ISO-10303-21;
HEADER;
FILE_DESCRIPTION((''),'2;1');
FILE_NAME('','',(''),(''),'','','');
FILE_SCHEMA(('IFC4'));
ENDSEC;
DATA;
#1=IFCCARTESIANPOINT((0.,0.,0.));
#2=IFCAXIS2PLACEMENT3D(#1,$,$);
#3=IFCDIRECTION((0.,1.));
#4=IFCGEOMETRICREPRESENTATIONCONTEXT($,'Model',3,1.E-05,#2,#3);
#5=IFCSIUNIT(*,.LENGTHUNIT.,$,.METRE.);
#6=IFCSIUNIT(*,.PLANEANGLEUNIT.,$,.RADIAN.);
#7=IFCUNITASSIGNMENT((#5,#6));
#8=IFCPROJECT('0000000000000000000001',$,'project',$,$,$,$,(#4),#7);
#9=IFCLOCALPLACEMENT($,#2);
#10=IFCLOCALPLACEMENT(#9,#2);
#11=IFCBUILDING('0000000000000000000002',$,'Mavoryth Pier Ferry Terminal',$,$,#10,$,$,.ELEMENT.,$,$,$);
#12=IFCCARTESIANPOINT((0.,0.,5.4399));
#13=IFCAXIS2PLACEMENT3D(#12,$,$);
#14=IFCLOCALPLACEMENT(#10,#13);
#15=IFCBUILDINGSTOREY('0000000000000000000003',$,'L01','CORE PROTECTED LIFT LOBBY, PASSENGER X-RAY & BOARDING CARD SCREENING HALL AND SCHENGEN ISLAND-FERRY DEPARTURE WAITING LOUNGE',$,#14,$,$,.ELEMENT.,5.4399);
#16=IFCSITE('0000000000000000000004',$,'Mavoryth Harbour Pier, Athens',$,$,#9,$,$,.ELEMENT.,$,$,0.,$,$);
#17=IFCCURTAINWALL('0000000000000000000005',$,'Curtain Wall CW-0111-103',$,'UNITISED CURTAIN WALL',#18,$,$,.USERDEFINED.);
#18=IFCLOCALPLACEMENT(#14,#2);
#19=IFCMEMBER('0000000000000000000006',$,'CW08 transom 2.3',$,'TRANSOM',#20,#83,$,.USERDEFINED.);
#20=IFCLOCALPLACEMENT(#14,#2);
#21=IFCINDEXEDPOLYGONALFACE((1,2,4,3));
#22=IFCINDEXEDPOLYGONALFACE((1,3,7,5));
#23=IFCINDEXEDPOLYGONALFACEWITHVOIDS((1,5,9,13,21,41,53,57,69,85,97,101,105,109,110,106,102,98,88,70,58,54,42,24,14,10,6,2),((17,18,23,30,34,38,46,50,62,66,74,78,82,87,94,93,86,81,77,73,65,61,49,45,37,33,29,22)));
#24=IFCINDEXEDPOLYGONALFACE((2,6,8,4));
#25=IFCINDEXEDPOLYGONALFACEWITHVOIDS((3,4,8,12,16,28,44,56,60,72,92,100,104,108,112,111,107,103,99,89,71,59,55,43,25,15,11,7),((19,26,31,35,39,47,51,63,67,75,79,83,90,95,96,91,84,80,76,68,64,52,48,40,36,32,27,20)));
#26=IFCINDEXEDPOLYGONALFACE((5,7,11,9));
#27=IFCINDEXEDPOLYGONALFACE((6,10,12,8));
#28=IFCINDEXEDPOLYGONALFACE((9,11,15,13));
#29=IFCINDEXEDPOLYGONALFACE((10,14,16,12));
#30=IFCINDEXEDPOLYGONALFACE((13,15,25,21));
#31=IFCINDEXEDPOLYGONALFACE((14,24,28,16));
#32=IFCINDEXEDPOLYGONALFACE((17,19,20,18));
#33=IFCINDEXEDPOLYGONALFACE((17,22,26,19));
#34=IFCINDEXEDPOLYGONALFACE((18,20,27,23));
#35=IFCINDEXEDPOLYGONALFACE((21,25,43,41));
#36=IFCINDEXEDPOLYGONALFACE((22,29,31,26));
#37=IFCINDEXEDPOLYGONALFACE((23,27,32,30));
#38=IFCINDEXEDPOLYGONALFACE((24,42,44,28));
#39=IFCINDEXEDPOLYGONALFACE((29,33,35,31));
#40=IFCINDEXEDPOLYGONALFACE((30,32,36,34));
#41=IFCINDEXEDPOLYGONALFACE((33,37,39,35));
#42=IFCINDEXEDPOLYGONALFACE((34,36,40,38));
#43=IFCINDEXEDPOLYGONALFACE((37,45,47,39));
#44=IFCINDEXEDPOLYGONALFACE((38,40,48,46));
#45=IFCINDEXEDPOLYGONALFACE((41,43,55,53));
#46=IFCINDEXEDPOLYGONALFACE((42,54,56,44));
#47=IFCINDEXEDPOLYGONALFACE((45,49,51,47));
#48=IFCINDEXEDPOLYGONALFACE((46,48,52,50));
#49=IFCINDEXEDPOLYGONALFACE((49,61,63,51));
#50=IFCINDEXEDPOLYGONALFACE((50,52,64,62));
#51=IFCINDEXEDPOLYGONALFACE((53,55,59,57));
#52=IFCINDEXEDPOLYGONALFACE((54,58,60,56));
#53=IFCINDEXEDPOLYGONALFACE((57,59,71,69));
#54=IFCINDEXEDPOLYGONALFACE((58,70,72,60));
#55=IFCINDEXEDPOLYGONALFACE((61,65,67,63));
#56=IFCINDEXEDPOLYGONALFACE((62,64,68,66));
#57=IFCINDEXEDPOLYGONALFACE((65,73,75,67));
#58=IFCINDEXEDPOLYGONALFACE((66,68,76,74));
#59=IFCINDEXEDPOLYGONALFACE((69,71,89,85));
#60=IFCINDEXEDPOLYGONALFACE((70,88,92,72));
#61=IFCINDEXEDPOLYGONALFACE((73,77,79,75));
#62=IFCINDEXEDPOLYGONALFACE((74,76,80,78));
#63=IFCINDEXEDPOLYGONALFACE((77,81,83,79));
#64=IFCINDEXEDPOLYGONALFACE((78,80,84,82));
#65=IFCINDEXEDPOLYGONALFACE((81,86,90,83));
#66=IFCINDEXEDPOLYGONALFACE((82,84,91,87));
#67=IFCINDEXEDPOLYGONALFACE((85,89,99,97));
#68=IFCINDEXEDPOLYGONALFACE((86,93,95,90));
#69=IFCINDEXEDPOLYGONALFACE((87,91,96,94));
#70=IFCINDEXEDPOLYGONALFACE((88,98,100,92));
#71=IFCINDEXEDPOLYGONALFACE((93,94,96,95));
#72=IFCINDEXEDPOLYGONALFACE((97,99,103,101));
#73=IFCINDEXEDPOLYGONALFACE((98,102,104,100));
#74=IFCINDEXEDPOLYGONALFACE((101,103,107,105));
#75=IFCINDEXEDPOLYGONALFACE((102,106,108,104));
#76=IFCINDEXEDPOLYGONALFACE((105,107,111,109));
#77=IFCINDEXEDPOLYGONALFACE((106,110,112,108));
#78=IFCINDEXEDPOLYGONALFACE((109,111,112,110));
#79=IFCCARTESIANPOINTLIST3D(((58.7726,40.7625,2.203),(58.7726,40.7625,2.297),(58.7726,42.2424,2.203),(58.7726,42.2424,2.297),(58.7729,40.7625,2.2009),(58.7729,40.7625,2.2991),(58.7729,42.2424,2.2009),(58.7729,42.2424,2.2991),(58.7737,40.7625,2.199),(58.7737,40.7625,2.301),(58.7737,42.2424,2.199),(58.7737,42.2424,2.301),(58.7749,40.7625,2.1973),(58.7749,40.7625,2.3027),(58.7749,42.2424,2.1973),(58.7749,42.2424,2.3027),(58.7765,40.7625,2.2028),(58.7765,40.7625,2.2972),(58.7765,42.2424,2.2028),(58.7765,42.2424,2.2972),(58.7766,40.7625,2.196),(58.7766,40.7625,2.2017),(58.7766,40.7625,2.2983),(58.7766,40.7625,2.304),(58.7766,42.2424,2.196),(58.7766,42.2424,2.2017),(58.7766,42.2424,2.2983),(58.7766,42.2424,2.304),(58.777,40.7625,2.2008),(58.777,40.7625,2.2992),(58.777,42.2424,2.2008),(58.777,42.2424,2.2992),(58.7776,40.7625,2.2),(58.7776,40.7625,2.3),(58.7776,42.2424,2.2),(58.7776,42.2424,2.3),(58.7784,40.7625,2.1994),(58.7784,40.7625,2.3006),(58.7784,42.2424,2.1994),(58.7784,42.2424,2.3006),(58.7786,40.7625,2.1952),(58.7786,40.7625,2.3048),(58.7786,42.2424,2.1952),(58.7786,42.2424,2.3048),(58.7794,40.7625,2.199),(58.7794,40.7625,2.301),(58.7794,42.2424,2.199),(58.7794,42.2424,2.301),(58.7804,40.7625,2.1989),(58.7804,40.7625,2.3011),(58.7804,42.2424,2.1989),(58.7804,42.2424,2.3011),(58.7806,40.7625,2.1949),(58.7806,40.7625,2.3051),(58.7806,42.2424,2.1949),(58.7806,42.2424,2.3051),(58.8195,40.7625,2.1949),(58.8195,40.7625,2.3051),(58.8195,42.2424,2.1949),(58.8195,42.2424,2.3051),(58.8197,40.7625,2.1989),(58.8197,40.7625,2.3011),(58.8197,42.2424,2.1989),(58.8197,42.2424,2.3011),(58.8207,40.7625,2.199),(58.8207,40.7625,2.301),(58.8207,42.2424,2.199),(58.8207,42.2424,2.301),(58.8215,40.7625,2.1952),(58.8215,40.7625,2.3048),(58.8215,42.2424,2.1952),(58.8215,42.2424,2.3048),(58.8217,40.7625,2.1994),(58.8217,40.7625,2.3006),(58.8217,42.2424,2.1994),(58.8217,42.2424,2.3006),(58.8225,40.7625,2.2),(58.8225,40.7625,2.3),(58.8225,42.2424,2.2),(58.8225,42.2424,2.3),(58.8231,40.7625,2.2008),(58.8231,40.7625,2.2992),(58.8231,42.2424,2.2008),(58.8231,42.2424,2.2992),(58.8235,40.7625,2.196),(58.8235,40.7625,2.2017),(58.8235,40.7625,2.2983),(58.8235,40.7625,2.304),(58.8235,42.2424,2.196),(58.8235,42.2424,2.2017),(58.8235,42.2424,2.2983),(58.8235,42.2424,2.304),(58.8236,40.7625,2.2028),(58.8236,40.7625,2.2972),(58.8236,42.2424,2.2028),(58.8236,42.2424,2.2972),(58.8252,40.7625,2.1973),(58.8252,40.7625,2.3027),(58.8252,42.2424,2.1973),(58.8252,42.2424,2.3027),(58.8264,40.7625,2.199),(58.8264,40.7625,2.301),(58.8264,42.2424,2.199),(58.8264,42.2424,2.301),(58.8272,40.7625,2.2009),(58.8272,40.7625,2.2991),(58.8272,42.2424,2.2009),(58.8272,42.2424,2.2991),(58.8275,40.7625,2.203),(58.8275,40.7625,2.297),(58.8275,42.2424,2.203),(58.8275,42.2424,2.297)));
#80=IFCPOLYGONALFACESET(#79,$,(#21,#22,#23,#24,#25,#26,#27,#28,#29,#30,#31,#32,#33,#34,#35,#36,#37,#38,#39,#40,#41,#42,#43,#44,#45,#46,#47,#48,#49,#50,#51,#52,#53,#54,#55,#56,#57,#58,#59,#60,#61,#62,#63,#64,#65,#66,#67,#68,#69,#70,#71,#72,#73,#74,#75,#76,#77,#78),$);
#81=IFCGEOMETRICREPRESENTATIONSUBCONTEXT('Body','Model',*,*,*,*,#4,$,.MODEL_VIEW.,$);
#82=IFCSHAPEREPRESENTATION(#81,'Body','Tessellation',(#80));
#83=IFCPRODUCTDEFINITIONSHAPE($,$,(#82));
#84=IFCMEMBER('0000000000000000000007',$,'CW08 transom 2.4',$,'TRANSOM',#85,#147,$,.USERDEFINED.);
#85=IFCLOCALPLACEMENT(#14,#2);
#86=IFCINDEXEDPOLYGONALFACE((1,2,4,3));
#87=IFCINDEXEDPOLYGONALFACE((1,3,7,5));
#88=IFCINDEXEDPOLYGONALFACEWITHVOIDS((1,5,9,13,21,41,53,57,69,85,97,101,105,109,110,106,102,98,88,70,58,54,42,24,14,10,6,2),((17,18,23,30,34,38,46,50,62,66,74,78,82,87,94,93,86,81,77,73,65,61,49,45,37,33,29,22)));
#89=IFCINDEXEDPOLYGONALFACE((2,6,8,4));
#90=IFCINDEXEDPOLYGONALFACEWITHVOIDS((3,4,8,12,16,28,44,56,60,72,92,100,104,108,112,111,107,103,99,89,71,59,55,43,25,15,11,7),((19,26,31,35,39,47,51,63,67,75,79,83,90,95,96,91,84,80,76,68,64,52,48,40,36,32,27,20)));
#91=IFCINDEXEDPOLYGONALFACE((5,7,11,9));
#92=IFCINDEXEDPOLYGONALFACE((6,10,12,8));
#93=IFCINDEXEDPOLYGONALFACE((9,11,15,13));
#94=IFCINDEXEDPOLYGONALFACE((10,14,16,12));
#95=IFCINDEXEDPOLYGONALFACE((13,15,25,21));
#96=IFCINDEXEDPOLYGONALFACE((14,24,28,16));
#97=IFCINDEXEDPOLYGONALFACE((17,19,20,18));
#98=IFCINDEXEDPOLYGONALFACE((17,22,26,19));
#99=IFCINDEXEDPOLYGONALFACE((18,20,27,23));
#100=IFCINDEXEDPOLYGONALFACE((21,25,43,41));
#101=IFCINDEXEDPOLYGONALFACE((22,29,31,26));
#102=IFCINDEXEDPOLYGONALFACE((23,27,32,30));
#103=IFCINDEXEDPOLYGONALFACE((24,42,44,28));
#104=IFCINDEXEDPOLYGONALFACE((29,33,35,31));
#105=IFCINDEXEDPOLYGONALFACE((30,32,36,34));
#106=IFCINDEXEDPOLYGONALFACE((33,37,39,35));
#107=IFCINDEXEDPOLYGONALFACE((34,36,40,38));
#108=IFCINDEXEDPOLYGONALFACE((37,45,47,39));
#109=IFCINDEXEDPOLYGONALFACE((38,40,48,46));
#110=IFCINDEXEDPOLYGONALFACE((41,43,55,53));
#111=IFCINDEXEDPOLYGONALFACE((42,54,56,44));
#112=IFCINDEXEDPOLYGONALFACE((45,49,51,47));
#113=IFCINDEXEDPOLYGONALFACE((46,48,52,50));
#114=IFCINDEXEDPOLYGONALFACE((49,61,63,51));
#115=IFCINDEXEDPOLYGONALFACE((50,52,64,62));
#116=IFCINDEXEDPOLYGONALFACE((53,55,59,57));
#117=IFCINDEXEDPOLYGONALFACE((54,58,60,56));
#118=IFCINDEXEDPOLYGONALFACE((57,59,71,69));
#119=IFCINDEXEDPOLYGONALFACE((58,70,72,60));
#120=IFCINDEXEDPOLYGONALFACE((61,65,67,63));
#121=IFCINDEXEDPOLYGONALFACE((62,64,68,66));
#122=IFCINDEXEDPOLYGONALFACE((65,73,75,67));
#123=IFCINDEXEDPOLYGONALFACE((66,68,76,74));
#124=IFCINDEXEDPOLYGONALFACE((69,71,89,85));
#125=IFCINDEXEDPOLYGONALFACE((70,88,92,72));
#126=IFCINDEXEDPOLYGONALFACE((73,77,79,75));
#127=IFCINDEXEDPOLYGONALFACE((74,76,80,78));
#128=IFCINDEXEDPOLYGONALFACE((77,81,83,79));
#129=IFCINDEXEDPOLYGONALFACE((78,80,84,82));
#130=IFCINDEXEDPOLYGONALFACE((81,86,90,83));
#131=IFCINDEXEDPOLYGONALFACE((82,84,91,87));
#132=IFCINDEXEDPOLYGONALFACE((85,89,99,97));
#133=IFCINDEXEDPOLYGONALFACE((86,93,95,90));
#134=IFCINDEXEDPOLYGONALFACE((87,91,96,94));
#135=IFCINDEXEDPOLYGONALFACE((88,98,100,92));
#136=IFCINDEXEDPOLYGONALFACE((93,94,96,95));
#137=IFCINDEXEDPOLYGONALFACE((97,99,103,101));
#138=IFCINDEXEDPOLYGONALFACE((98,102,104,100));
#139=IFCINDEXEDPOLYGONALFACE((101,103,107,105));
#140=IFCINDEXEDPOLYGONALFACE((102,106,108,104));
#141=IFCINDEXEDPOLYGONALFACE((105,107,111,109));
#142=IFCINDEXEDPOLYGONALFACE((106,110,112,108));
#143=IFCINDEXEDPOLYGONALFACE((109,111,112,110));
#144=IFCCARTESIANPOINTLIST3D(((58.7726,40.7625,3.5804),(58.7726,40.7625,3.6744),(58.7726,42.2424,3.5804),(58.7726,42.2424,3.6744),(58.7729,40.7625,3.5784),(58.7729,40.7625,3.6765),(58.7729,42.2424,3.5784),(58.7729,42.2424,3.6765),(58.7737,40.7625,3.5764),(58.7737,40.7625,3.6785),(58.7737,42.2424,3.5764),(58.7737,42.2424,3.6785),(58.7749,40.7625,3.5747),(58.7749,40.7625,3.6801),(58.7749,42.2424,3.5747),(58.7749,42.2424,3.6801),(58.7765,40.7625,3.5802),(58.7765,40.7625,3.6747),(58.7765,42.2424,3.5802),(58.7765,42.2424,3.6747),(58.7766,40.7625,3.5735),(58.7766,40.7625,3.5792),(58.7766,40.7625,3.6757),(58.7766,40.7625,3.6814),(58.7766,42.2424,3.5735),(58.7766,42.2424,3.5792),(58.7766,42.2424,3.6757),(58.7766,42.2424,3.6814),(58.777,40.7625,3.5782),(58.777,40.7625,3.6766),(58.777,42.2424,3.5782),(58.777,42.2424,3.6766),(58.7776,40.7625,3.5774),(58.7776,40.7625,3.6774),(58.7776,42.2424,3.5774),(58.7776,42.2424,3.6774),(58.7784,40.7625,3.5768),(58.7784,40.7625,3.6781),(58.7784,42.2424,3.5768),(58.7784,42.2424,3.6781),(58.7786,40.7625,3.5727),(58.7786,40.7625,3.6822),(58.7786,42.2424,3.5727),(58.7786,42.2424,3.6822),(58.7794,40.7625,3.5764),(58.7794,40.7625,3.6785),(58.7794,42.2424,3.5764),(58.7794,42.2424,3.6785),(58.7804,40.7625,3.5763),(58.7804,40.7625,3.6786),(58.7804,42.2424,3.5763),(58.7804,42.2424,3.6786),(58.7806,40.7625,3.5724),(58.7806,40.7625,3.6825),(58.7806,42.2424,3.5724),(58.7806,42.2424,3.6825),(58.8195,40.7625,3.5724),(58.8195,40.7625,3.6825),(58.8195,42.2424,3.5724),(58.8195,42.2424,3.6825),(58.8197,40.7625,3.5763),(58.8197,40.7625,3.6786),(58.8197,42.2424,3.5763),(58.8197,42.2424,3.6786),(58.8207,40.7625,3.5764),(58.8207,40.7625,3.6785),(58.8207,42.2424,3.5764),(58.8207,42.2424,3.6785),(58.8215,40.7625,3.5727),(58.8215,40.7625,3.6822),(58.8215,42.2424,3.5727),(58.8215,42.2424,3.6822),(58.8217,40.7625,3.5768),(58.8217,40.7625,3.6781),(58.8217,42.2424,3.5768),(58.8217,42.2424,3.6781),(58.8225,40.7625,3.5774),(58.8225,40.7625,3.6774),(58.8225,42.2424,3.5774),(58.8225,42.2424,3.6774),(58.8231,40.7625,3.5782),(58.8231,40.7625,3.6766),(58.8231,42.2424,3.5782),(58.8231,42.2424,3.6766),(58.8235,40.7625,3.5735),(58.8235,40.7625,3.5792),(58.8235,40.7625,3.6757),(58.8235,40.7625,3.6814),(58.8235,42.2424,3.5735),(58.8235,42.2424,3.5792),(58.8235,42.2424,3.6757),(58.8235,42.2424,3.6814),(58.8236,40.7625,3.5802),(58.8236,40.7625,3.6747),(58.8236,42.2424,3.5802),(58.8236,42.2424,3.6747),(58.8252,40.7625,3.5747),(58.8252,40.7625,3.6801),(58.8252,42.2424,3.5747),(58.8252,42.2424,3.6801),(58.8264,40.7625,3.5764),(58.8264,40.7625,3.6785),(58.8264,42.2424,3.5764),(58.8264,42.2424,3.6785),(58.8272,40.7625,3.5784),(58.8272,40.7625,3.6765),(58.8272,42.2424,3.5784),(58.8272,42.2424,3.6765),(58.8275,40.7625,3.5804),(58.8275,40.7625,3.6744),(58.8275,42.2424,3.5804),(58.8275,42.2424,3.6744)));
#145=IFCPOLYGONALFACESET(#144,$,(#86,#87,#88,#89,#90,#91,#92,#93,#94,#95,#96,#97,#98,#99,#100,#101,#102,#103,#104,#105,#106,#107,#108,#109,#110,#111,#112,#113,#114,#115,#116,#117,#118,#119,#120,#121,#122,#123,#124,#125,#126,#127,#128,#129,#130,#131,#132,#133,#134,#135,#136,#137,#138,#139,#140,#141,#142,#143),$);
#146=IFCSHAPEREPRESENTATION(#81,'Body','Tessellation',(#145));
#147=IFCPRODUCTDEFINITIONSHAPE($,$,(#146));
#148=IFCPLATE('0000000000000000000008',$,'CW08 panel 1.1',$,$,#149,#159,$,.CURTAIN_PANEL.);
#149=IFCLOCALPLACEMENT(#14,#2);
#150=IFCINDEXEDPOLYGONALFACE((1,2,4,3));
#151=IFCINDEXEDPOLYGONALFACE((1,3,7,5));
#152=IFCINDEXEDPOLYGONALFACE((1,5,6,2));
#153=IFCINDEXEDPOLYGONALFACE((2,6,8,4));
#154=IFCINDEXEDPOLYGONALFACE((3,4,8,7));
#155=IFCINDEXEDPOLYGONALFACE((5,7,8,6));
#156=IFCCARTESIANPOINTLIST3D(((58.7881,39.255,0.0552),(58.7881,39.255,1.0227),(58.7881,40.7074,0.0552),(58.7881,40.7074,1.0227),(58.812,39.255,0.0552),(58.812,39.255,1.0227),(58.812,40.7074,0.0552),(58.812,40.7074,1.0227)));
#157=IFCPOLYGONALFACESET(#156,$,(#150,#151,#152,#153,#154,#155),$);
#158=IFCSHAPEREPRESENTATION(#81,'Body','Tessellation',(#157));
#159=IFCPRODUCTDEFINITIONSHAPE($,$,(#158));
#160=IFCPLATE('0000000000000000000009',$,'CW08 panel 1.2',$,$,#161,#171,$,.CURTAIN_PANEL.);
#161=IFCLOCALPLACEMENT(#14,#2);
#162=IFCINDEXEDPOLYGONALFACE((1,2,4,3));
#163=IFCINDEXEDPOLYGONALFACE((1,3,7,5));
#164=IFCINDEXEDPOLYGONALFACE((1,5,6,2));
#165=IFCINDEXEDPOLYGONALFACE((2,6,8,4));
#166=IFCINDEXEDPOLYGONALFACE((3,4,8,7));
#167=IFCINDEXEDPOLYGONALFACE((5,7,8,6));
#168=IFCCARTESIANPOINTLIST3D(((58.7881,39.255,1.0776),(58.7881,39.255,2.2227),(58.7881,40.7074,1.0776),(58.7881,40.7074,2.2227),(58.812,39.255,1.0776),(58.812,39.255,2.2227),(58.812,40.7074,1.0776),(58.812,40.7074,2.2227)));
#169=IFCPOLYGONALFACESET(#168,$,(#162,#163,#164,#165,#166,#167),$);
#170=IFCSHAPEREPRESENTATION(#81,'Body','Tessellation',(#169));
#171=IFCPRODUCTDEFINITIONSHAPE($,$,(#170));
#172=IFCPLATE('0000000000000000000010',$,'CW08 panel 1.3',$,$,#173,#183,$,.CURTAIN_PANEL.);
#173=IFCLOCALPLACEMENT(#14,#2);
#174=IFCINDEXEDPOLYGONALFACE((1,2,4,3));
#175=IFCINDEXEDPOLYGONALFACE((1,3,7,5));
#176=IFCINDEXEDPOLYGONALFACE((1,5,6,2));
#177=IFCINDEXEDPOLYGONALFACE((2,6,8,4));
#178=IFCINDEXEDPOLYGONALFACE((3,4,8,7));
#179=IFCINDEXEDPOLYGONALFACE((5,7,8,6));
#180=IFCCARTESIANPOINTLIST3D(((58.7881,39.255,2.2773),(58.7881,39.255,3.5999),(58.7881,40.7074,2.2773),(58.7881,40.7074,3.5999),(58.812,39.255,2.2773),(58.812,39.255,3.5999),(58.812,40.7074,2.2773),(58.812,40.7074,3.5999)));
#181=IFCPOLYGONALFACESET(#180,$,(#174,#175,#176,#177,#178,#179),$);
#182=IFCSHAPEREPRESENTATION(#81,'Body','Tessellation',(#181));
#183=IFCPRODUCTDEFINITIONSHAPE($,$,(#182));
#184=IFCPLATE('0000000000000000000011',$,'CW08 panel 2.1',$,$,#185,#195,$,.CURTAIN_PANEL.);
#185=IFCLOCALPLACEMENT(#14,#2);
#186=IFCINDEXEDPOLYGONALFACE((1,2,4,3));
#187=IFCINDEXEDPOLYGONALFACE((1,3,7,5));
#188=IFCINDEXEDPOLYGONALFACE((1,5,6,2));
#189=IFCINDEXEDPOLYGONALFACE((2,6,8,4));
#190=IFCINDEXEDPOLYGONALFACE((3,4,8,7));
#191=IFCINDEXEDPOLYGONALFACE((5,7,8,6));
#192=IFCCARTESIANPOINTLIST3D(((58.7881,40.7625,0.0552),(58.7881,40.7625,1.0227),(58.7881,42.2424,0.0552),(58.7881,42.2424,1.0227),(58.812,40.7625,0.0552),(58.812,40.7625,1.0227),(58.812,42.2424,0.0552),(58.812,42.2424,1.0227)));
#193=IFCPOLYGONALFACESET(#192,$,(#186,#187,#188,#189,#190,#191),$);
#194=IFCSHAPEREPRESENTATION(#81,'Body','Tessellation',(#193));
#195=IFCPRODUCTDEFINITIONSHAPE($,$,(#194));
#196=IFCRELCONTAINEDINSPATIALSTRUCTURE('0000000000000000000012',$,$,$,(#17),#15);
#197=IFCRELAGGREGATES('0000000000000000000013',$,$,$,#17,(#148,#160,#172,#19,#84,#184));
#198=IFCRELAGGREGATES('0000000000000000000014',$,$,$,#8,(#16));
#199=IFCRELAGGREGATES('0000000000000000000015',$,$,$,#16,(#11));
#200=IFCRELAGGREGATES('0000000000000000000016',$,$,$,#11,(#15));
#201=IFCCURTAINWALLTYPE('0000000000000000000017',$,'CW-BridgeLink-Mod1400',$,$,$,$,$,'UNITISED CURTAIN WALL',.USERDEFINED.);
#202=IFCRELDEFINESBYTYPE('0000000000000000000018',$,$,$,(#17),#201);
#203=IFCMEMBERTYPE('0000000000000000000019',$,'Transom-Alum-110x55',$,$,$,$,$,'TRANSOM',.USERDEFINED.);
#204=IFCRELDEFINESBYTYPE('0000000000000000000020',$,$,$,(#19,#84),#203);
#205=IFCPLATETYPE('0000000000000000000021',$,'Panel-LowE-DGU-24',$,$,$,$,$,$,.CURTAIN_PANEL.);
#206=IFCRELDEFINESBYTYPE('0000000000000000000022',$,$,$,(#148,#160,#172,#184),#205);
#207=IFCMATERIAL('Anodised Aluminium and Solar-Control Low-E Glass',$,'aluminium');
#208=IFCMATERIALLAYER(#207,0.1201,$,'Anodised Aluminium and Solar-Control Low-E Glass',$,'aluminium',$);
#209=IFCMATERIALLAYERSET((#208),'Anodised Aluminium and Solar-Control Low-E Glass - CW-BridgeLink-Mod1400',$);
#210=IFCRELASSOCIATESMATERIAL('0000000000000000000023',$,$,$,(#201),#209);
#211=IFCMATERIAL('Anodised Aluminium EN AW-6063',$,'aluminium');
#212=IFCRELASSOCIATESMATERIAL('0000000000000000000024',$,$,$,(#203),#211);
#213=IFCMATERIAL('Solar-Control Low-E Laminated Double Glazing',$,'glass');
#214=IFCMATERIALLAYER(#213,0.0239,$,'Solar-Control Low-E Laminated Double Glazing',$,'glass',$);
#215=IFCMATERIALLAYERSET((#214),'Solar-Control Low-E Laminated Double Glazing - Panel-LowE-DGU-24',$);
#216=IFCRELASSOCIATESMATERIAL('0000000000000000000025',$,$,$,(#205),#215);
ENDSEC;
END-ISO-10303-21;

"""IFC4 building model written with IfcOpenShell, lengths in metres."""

from ifc_helpers import new_model, si_unit, direction, frame, origin, origin_2d, place, context, subcontext, project, spatial, rectangle, hollow_rectangle, extrude, material, layer, layer_set, material_profile, profile_set, type_object, element, aggregate, save


model = new_model("IFC4")

# Units and contexts
model_context = context("Model", 3, precision=1e-05, world=origin(), true_north=direction((0.0, 1.0)))
body_context = subcontext(model_context, "Body", "Model", "MODEL_VIEW")
ifc_project = project(units=[si_unit("LENGTHUNIT", "METRE"), si_unit("PLANEANGLEUNIT", "RADIAN")], contexts=[model_context])

# Site, building, storey
site_placement = place(None, origin())
site = spatial("IfcSite", under=ifc_project, at=site_placement, Name="Mavoryth Harbour Pier, Athens", CompositionType="ELEMENT", RefElevation=0.0)
building_placement = place(site_placement, origin())
building = spatial("IfcBuilding", under=site, at=building_placement, Name="Mavoryth Pier Ferry Terminal", CompositionType="ELEMENT")
storey_placement = place(building_placement, frame((0.0, 0.0, 5.4399)))
storey = spatial("IfcBuildingStorey", under=building, at=storey_placement, Name="L01", Description="CORE PROTECTED LIFT LOBBY, PASSENGER X-RAY & BOARDING CARD SCREENING HALL AND SCHENGEN ISLAND-FERRY DEPARTURE WAITING LOUNGE", CompositionType="ELEMENT", Elevation=5.4399)

# Curtain wall
ifc_material_1 = material(Name="Anodised Aluminium and Solar-Control Low-E Glass", Category="aluminium")
ifc_layer_1 = layer(ifc_material_1, 0.1201, Name="Anodised Aluminium and Solar-Control Low-E Glass", Category="aluminium")
ifc_layer_set_1 = layer_set([ifc_layer_1], Name="Anodised Aluminium and Solar-Control Low-E Glass - CW-BridgeLink-Mod1400")
curtain_wall_type = type_object("IfcCurtainWallType", Name="CW-BridgeLink-Mod1400", ElementType="UNITISED CURTAIN WALL", PredefinedType="USERDEFINED", material=ifc_layer_set_1)
curtain_wall_placement = place(storey_placement, origin())
curtain_wall = element("IfcCurtainWall", 1, at=curtain_wall_placement, inside=storey, type_object=curtain_wall_type, Name="Curtain Wall CW-0111-103", ObjectType="UNITISED CURTAIN WALL", PredefinedType="USERDEFINED")
ifc_material_2 = material(Name="Anodised Aluminium EN AW-6063", Category="aluminium")

# Members
ifc_material_profile_1 = material_profile(ifc_material_2, hollow_rectangle(XDim=0.0549, YDim=0.1101, WallThickness=0.0039, InnerFilletRadius=0.0039, OuterFilletRadius=0.0081, at=origin_2d()), Name="AL-TRAN 110x55x4", Category="aluminium")
ifc_profile_set_1 = profile_set([ifc_material_profile_1], Name="Anodised Aluminium EN AW-6063 - AL-TRAN 110x55x4")
member_type_1 = type_object("IfcMemberType", Name="Transom-Alum-110x55", ElementType="TRANSOM", PredefinedType="USERDEFINED", material=ifc_profile_set_1)
member_1_placement = place(storey_placement, frame((58.8, 40.7625, 2.25), z_axis=(0.0, 1.0, 0.0), x_axis=(-1.0, 0.0, 0.0)))
member_1 = element("IfcMember", 2, at=member_1_placement, type_object=member_type_1, Name="CW08 transom 2.3", ObjectType="TRANSOM", PredefinedType="USERDEFINED", context=body_context, shape_type="SweptSolid", body=[
    extrude(hollow_rectangle(XDim=0.0549, YDim=0.1101, WallThickness=0.0039, InnerFilletRadius=0.0039, OuterFilletRadius=0.0081, at=origin_2d()), origin(), (0.0, 0.0, 1.0), 1.48),
])
member_2_placement = place(storey_placement, frame((58.8, 40.7625, 3.6274), z_axis=(0.0, 1.0, 0.0), x_axis=(-1.0, 0.0, 0.0)))
member_2 = element("IfcMember", 3, at=member_2_placement, type_object=member_type_1, Name="CW08 transom 2.4", ObjectType="TRANSOM", PredefinedType="USERDEFINED", context=body_context, shape_type="SweptSolid", body=[
    extrude(hollow_rectangle(XDim=0.0549, YDim=0.1101, WallThickness=0.0039, InnerFilletRadius=0.0039, OuterFilletRadius=0.0081, at=origin_2d()), origin(), (0.0, 0.0, 1.0), 1.48),
])

# Plates
ifc_material_3 = material(Name="Solar-Control Low-E Laminated Double Glazing", Category="glass")
ifc_layer_2 = layer(ifc_material_3, 0.0239, Name="Solar-Control Low-E Laminated Double Glazing", Category="glass")
ifc_layer_set_2 = layer_set([ifc_layer_2], Name="Solar-Control Low-E Laminated Double Glazing - Panel-LowE-DGU-24")
plate_type = type_object("IfcPlateType", Name="Panel-LowE-DGU-24", PredefinedType="CURTAIN_PANEL", material=ifc_layer_set_2)
plate_1_placement = place(storey_placement, frame((58.8, 39.9812, 0.0552), z_axis=(0.0, 0.0, 1.0), x_axis=(0.0, 1.0, 0.0)))
plate_1 = element("IfcPlate", 4, at=plate_1_placement, type_object=plate_type, Name="CW08 panel 1.1", PredefinedType="CURTAIN_PANEL", context=body_context, shape_type="SweptSolid", body=[
    extrude(rectangle(XDim=1.4524, YDim=0.0239, at=origin_2d()), origin(), (0.0, 0.0, 1.0), 0.9675),
])
plate_2_placement = place(storey_placement, frame((58.8, 39.9812, 1.0776), z_axis=(0.0, 0.0, 1.0), x_axis=(0.0, 1.0, 0.0)))
plate_2 = element("IfcPlate", 5, at=plate_2_placement, type_object=plate_type, Name="CW08 panel 1.2", PredefinedType="CURTAIN_PANEL", context=body_context, shape_type="SweptSolid", body=[
    extrude(rectangle(XDim=1.4524, YDim=0.0239, at=origin_2d()), origin(), (0.0, 0.0, 1.0), 1.145),
])
plate_3_placement = place(storey_placement, frame((58.8, 39.9812, 2.2773), z_axis=(0.0, 0.0, 1.0), x_axis=(0.0, 1.0, 0.0)))
plate_3 = element("IfcPlate", 6, at=plate_3_placement, type_object=plate_type, Name="CW08 panel 1.3", PredefinedType="CURTAIN_PANEL", context=body_context, shape_type="SweptSolid", body=[
    extrude(rectangle(XDim=1.4524, YDim=0.0239, at=origin_2d()), origin(), (0.0, 0.0, 1.0), 1.3225),
])
plate_4_placement = place(storey_placement, frame((58.8, 41.5024, 0.0552), z_axis=(0.0, 0.0, 1.0), x_axis=(0.0, 1.0, 0.0)))
plate_4 = element("IfcPlate", 7, at=plate_4_placement, type_object=plate_type, Name="CW08 panel 2.1", PredefinedType="CURTAIN_PANEL", context=body_context, shape_type="SweptSolid", body=[
    extrude(rectangle(XDim=1.48, YDim=0.0239, at=origin_2d()), origin(), (0.0, 0.0, 1.0), 0.9675),
])
aggregate(curtain_wall, [plate_1, plate_2, plate_3, member_1, member_2, plate_4])

save(model, "model.ifc")
